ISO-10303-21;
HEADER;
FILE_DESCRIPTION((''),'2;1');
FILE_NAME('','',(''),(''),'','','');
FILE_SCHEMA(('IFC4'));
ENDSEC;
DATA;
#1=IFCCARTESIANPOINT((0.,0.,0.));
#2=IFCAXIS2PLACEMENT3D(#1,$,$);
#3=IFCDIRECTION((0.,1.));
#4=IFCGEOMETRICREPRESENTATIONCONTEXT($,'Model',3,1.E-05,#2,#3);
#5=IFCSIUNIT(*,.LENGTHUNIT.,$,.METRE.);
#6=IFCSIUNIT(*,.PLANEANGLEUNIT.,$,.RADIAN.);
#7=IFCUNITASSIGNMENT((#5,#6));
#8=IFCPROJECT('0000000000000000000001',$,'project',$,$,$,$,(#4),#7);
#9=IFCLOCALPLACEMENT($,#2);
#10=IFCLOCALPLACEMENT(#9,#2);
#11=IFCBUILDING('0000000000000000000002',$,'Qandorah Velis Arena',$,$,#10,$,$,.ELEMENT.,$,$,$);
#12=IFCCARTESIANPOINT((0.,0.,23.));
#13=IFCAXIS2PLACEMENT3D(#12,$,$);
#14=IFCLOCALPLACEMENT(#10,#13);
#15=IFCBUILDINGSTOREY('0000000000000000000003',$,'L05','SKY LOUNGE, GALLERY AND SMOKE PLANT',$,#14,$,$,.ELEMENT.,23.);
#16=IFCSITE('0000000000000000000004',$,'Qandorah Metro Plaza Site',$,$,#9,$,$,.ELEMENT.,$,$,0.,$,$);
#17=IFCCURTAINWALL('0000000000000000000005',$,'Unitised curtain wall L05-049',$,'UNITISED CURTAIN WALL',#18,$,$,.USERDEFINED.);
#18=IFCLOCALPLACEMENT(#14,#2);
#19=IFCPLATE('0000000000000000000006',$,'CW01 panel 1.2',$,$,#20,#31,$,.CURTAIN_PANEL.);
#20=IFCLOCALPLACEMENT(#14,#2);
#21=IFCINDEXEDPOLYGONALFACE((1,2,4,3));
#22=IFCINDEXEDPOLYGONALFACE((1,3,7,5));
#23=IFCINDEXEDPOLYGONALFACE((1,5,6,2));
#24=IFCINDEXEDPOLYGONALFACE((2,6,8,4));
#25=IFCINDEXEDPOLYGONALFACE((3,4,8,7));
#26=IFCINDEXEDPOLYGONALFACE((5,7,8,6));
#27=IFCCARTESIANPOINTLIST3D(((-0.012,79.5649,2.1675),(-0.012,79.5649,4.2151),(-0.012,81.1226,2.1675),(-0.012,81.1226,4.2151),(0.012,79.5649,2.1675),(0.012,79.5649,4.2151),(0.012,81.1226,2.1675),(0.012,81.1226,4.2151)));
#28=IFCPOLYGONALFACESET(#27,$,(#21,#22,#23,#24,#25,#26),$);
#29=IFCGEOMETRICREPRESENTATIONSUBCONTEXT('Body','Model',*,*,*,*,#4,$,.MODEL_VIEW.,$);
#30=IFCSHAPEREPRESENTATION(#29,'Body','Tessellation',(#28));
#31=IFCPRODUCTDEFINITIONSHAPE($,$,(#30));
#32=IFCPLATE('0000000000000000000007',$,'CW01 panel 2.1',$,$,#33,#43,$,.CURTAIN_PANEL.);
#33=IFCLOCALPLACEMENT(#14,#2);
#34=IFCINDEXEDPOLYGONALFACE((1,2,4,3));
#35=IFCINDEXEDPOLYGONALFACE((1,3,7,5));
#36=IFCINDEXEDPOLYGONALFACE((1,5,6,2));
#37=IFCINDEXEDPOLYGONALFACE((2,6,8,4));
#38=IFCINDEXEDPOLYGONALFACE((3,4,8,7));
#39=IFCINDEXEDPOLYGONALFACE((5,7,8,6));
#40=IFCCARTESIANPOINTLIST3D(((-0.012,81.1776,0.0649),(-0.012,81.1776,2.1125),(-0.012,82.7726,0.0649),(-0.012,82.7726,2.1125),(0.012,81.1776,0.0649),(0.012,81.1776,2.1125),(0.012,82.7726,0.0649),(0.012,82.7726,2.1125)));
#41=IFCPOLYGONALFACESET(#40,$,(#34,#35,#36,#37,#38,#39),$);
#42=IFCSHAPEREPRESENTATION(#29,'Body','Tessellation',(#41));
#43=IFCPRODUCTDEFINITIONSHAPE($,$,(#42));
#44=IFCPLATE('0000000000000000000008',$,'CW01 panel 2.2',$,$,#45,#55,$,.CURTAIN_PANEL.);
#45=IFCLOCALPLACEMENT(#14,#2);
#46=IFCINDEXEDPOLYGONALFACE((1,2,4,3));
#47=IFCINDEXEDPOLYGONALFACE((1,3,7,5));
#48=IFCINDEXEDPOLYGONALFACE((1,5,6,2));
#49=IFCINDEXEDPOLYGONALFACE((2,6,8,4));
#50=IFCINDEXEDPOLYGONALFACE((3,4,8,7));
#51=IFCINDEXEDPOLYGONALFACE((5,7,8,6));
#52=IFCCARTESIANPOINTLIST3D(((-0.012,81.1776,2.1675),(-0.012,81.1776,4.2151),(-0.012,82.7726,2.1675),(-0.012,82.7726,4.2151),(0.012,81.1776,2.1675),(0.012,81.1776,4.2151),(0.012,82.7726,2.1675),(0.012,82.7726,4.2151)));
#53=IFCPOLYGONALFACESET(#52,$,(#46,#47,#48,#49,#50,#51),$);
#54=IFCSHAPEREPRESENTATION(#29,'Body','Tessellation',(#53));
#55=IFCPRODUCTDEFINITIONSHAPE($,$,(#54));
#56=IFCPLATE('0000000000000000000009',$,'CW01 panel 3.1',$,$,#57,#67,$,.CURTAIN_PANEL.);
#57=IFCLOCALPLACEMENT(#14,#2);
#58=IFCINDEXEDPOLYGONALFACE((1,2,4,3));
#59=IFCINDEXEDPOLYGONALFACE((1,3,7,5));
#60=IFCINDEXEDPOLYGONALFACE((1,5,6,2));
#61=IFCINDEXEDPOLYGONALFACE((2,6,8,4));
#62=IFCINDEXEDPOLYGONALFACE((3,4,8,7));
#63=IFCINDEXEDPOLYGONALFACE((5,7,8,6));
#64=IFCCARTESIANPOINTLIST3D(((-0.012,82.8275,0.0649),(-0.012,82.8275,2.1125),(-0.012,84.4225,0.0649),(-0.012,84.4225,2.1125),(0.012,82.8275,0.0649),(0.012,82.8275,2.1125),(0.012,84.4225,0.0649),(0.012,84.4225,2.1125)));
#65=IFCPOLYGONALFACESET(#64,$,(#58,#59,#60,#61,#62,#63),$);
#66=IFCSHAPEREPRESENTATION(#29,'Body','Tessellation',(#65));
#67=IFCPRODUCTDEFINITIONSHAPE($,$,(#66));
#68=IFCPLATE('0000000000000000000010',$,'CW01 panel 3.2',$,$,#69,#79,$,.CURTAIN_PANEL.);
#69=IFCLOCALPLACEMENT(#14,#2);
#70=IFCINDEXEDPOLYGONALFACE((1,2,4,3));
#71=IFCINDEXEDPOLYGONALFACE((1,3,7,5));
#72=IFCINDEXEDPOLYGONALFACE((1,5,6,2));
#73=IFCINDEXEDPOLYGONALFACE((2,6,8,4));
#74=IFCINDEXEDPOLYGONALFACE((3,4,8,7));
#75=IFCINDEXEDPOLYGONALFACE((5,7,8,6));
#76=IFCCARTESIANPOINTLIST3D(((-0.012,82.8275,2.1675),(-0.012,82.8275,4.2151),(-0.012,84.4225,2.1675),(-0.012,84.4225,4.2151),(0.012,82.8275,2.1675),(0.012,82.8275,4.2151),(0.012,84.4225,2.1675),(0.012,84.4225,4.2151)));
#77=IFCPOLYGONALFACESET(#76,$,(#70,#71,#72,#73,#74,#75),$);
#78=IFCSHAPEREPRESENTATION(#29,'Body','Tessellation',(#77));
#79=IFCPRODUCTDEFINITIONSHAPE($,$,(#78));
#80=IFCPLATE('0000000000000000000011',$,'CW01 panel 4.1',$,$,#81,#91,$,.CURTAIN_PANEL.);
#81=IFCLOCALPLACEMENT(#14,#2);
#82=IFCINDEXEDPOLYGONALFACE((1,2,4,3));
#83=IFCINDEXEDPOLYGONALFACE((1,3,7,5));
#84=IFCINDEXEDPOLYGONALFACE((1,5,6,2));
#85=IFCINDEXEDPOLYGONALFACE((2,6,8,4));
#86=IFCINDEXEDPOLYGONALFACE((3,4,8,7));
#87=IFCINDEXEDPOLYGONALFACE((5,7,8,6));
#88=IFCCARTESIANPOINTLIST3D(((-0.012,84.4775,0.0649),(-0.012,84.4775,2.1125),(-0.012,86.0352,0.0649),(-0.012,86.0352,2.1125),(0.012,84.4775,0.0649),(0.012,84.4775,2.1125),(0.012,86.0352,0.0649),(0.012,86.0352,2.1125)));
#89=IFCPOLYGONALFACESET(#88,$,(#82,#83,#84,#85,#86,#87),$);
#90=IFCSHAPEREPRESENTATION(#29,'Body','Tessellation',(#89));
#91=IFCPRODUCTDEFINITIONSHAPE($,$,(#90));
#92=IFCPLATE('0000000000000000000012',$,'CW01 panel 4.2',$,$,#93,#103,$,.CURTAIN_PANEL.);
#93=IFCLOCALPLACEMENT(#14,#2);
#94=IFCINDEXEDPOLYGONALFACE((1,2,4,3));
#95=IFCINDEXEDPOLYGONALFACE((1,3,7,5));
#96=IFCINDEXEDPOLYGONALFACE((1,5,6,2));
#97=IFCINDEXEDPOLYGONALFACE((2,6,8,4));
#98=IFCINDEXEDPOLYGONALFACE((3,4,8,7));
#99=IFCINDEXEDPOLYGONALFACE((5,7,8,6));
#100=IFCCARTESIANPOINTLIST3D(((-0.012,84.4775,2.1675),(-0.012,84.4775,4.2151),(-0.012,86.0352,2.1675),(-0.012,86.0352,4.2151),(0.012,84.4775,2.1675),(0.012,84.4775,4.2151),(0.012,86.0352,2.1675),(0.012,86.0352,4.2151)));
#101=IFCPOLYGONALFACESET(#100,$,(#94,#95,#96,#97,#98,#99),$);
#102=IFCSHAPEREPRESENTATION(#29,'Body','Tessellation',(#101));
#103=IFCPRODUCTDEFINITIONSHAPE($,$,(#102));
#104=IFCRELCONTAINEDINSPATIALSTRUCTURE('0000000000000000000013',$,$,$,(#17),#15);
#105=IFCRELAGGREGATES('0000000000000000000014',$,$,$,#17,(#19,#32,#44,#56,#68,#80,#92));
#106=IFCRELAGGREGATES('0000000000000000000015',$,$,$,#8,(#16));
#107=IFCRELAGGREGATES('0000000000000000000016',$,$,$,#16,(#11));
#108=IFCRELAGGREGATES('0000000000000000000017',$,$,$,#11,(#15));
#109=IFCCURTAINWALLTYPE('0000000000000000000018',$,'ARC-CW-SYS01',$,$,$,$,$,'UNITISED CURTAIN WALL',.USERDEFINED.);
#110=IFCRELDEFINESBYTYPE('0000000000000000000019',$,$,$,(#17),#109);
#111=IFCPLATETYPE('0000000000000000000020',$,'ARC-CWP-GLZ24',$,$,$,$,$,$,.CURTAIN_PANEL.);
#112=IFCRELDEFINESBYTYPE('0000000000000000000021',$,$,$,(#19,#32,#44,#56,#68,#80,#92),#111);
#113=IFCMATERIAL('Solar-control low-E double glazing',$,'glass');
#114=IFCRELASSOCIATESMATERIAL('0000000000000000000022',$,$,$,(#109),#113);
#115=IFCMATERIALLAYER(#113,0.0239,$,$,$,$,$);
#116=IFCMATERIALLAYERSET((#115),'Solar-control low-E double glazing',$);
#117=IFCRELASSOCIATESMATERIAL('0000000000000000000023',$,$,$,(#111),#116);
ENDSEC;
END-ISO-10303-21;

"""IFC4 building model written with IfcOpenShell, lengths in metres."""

from ifc_helpers import new_model, si_unit, direction, frame, origin, origin_2d, place, context, subcontext, project, spatial, rectangle, extrude, material, layer, layer_set, type_object, element, aggregate, save


model = new_model("IFC4")

# Units and contexts
model_context = context("Model", 3, precision=1e-05, world=origin(), true_north=direction((0.0, 1.0)))
body_context = subcontext(model_context, "Body", "Model", "MODEL_VIEW")
ifc_project = project(units=[si_unit("LENGTHUNIT", "METRE"), si_unit("PLANEANGLEUNIT", "RADIAN")], contexts=[model_context])

# Site, building, storey
site_placement = place(None, origin())
site = spatial("IfcSite", under=ifc_project, at=site_placement, Name="Qandorah Metro Plaza Site", CompositionType="ELEMENT", RefElevation=0.0)
building_placement = place(site_placement, origin())
building = spatial("IfcBuilding", under=site, at=building_placement, Name="Qandorah Velis Arena", CompositionType="ELEMENT")
storey_placement = place(building_placement, frame((0.0, 0.0, 23.0)))
storey = spatial("IfcBuildingStorey", under=building, at=storey_placement, Name="L05", Description="SKY LOUNGE, GALLERY AND SMOKE PLANT", CompositionType="ELEMENT", Elevation=23.0)

# Shared definitions
ifc_material_1 = material(Name="Solar-control low-E double glazing", Category="glass")

# Curtain wall
curtain_wall_type_1 = type_object("IfcCurtainWallType", Name="ARC-CW-SYS01", ElementType="UNITISED CURTAIN WALL", PredefinedType="USERDEFINED", material=ifc_material_1)
curtain_wall_1_placement = place(storey_placement, origin())
curtain_wall_1 = element("IfcCurtainWall", 1, at=curtain_wall_1_placement, inside=storey, type_object=curtain_wall_type_1, Name="Unitised curtain wall L05-049", ObjectType="UNITISED CURTAIN WALL", PredefinedType="USERDEFINED")

# Plates
ifc_layer = layer(ifc_material_1, 0.0239)
ifc_layer_set = layer_set([ifc_layer], Name="Solar-control low-E double glazing")
plate_type = type_object("IfcPlateType", Name="ARC-CWP-GLZ24", PredefinedType="CURTAIN_PANEL", material=ifc_layer_set)
plate_1_placement = place(storey_placement, frame((0.0, 80.3438, 2.1675), z_axis=(0.0, 0.0, 1.0), x_axis=(0.0, 1.0, 0.0)))
plate_1 = element("IfcPlate", 2, at=plate_1_placement, type_object=plate_type, Name="CW01 panel 1.2", PredefinedType="CURTAIN_PANEL", context=body_context, shape_type="SweptSolid", body=[
    extrude(rectangle(XDim=1.5576, YDim=0.0239, at=origin_2d()), origin(), (0.0, 0.0, 1.0), 2.0476),
])
plate_2_placement = place(storey_placement, frame((0.0, 81.9751, 0.0649), z_axis=(0.0, 0.0, 1.0), x_axis=(0.0, 1.0, 0.0)))
plate_2 = element("IfcPlate", 3, at=plate_2_placement, type_object=plate_type, Name="CW01 panel 2.1", PredefinedType="CURTAIN_PANEL", context=body_context, shape_type="SweptSolid", body=[
    extrude(rectangle(XDim=1.595, YDim=0.0239, at=origin_2d()), origin(), (0.0, 0.0, 1.0), 2.0476),
])
plate_3_placement = place(storey_placement, frame((0.0, 81.9751, 2.1675), z_axis=(0.0, 0.0, 1.0), x_axis=(0.0, 1.0, 0.0)))
plate_3 = element("IfcPlate", 4, at=plate_3_placement, type_object=plate_type, Name="CW01 panel 2.2", PredefinedType="CURTAIN_PANEL", context=body_context, shape_type="SweptSolid", body=[
    extrude(rectangle(XDim=1.595, YDim=0.0239, at=origin_2d()), origin(), (0.0, 0.0, 1.0), 2.0476),
])
plate_4_placement = place(storey_placement, frame((0.0, 83.625, 0.0649), z_axis=(0.0, 0.0, 1.0), x_axis=(0.0, 1.0, 0.0)))
plate_4 = element("IfcPlate", 5, at=plate_4_placement, type_object=plate_type, Name="CW01 panel 3.1", PredefinedType="CURTAIN_PANEL", context=body_context, shape_type="SweptSolid", body=[
    extrude(rectangle(XDim=1.595, YDim=0.0239, at=origin_2d()), origin(), (0.0, 0.0, 1.0), 2.0476),
])
plate_5_placement = place(storey_placement, frame((0.0, 83.625, 2.1675), z_axis=(0.0, 0.0, 1.0), x_axis=(0.0, 1.0, 0.0)))
plate_5 = element("IfcPlate", 6, at=plate_5_placement, type_object=plate_type, Name="CW01 panel 3.2", PredefinedType="CURTAIN_PANEL", context=body_context, shape_type="SweptSolid", body=[
    extrude(rectangle(XDim=1.595, YDim=0.0239, at=origin_2d()), origin(), (0.0, 0.0, 1.0), 2.0476),
])
plate_6_placement = place(storey_placement, frame((0.0, 85.2563, 0.0649), z_axis=(0.0, 0.0, 1.0), x_axis=(0.0, 1.0, 0.0)))
plate_6 = element("IfcPlate", 7, at=plate_6_placement, type_object=plate_type, Name="CW01 panel 4.1", PredefinedType="CURTAIN_PANEL", context=body_context, shape_type="SweptSolid", body=[
    extrude(rectangle(XDim=1.5576, YDim=0.0239, at=origin_2d()), origin(), (0.0, 0.0, 1.0), 2.0476),
])
plate_7_placement = place(storey_placement, frame((0.0, 85.2563, 2.1675), z_axis=(0.0, 0.0, 1.0), x_axis=(0.0, 1.0, 0.0)))
plate_7 = element("IfcPlate", 8, at=plate_7_placement, type_object=plate_type, Name="CW01 panel 4.2", PredefinedType="CURTAIN_PANEL", context=body_context, shape_type="SweptSolid", body=[
    extrude(rectangle(XDim=1.5576, YDim=0.0239, at=origin_2d()), origin(), (0.0, 0.0, 1.0), 2.0476),
])
aggregate(curtain_wall_1, [plate_1, plate_2, plate_3, plate_4, plate_5, plate_6, plate_7])

save(model, "model.ifc")
